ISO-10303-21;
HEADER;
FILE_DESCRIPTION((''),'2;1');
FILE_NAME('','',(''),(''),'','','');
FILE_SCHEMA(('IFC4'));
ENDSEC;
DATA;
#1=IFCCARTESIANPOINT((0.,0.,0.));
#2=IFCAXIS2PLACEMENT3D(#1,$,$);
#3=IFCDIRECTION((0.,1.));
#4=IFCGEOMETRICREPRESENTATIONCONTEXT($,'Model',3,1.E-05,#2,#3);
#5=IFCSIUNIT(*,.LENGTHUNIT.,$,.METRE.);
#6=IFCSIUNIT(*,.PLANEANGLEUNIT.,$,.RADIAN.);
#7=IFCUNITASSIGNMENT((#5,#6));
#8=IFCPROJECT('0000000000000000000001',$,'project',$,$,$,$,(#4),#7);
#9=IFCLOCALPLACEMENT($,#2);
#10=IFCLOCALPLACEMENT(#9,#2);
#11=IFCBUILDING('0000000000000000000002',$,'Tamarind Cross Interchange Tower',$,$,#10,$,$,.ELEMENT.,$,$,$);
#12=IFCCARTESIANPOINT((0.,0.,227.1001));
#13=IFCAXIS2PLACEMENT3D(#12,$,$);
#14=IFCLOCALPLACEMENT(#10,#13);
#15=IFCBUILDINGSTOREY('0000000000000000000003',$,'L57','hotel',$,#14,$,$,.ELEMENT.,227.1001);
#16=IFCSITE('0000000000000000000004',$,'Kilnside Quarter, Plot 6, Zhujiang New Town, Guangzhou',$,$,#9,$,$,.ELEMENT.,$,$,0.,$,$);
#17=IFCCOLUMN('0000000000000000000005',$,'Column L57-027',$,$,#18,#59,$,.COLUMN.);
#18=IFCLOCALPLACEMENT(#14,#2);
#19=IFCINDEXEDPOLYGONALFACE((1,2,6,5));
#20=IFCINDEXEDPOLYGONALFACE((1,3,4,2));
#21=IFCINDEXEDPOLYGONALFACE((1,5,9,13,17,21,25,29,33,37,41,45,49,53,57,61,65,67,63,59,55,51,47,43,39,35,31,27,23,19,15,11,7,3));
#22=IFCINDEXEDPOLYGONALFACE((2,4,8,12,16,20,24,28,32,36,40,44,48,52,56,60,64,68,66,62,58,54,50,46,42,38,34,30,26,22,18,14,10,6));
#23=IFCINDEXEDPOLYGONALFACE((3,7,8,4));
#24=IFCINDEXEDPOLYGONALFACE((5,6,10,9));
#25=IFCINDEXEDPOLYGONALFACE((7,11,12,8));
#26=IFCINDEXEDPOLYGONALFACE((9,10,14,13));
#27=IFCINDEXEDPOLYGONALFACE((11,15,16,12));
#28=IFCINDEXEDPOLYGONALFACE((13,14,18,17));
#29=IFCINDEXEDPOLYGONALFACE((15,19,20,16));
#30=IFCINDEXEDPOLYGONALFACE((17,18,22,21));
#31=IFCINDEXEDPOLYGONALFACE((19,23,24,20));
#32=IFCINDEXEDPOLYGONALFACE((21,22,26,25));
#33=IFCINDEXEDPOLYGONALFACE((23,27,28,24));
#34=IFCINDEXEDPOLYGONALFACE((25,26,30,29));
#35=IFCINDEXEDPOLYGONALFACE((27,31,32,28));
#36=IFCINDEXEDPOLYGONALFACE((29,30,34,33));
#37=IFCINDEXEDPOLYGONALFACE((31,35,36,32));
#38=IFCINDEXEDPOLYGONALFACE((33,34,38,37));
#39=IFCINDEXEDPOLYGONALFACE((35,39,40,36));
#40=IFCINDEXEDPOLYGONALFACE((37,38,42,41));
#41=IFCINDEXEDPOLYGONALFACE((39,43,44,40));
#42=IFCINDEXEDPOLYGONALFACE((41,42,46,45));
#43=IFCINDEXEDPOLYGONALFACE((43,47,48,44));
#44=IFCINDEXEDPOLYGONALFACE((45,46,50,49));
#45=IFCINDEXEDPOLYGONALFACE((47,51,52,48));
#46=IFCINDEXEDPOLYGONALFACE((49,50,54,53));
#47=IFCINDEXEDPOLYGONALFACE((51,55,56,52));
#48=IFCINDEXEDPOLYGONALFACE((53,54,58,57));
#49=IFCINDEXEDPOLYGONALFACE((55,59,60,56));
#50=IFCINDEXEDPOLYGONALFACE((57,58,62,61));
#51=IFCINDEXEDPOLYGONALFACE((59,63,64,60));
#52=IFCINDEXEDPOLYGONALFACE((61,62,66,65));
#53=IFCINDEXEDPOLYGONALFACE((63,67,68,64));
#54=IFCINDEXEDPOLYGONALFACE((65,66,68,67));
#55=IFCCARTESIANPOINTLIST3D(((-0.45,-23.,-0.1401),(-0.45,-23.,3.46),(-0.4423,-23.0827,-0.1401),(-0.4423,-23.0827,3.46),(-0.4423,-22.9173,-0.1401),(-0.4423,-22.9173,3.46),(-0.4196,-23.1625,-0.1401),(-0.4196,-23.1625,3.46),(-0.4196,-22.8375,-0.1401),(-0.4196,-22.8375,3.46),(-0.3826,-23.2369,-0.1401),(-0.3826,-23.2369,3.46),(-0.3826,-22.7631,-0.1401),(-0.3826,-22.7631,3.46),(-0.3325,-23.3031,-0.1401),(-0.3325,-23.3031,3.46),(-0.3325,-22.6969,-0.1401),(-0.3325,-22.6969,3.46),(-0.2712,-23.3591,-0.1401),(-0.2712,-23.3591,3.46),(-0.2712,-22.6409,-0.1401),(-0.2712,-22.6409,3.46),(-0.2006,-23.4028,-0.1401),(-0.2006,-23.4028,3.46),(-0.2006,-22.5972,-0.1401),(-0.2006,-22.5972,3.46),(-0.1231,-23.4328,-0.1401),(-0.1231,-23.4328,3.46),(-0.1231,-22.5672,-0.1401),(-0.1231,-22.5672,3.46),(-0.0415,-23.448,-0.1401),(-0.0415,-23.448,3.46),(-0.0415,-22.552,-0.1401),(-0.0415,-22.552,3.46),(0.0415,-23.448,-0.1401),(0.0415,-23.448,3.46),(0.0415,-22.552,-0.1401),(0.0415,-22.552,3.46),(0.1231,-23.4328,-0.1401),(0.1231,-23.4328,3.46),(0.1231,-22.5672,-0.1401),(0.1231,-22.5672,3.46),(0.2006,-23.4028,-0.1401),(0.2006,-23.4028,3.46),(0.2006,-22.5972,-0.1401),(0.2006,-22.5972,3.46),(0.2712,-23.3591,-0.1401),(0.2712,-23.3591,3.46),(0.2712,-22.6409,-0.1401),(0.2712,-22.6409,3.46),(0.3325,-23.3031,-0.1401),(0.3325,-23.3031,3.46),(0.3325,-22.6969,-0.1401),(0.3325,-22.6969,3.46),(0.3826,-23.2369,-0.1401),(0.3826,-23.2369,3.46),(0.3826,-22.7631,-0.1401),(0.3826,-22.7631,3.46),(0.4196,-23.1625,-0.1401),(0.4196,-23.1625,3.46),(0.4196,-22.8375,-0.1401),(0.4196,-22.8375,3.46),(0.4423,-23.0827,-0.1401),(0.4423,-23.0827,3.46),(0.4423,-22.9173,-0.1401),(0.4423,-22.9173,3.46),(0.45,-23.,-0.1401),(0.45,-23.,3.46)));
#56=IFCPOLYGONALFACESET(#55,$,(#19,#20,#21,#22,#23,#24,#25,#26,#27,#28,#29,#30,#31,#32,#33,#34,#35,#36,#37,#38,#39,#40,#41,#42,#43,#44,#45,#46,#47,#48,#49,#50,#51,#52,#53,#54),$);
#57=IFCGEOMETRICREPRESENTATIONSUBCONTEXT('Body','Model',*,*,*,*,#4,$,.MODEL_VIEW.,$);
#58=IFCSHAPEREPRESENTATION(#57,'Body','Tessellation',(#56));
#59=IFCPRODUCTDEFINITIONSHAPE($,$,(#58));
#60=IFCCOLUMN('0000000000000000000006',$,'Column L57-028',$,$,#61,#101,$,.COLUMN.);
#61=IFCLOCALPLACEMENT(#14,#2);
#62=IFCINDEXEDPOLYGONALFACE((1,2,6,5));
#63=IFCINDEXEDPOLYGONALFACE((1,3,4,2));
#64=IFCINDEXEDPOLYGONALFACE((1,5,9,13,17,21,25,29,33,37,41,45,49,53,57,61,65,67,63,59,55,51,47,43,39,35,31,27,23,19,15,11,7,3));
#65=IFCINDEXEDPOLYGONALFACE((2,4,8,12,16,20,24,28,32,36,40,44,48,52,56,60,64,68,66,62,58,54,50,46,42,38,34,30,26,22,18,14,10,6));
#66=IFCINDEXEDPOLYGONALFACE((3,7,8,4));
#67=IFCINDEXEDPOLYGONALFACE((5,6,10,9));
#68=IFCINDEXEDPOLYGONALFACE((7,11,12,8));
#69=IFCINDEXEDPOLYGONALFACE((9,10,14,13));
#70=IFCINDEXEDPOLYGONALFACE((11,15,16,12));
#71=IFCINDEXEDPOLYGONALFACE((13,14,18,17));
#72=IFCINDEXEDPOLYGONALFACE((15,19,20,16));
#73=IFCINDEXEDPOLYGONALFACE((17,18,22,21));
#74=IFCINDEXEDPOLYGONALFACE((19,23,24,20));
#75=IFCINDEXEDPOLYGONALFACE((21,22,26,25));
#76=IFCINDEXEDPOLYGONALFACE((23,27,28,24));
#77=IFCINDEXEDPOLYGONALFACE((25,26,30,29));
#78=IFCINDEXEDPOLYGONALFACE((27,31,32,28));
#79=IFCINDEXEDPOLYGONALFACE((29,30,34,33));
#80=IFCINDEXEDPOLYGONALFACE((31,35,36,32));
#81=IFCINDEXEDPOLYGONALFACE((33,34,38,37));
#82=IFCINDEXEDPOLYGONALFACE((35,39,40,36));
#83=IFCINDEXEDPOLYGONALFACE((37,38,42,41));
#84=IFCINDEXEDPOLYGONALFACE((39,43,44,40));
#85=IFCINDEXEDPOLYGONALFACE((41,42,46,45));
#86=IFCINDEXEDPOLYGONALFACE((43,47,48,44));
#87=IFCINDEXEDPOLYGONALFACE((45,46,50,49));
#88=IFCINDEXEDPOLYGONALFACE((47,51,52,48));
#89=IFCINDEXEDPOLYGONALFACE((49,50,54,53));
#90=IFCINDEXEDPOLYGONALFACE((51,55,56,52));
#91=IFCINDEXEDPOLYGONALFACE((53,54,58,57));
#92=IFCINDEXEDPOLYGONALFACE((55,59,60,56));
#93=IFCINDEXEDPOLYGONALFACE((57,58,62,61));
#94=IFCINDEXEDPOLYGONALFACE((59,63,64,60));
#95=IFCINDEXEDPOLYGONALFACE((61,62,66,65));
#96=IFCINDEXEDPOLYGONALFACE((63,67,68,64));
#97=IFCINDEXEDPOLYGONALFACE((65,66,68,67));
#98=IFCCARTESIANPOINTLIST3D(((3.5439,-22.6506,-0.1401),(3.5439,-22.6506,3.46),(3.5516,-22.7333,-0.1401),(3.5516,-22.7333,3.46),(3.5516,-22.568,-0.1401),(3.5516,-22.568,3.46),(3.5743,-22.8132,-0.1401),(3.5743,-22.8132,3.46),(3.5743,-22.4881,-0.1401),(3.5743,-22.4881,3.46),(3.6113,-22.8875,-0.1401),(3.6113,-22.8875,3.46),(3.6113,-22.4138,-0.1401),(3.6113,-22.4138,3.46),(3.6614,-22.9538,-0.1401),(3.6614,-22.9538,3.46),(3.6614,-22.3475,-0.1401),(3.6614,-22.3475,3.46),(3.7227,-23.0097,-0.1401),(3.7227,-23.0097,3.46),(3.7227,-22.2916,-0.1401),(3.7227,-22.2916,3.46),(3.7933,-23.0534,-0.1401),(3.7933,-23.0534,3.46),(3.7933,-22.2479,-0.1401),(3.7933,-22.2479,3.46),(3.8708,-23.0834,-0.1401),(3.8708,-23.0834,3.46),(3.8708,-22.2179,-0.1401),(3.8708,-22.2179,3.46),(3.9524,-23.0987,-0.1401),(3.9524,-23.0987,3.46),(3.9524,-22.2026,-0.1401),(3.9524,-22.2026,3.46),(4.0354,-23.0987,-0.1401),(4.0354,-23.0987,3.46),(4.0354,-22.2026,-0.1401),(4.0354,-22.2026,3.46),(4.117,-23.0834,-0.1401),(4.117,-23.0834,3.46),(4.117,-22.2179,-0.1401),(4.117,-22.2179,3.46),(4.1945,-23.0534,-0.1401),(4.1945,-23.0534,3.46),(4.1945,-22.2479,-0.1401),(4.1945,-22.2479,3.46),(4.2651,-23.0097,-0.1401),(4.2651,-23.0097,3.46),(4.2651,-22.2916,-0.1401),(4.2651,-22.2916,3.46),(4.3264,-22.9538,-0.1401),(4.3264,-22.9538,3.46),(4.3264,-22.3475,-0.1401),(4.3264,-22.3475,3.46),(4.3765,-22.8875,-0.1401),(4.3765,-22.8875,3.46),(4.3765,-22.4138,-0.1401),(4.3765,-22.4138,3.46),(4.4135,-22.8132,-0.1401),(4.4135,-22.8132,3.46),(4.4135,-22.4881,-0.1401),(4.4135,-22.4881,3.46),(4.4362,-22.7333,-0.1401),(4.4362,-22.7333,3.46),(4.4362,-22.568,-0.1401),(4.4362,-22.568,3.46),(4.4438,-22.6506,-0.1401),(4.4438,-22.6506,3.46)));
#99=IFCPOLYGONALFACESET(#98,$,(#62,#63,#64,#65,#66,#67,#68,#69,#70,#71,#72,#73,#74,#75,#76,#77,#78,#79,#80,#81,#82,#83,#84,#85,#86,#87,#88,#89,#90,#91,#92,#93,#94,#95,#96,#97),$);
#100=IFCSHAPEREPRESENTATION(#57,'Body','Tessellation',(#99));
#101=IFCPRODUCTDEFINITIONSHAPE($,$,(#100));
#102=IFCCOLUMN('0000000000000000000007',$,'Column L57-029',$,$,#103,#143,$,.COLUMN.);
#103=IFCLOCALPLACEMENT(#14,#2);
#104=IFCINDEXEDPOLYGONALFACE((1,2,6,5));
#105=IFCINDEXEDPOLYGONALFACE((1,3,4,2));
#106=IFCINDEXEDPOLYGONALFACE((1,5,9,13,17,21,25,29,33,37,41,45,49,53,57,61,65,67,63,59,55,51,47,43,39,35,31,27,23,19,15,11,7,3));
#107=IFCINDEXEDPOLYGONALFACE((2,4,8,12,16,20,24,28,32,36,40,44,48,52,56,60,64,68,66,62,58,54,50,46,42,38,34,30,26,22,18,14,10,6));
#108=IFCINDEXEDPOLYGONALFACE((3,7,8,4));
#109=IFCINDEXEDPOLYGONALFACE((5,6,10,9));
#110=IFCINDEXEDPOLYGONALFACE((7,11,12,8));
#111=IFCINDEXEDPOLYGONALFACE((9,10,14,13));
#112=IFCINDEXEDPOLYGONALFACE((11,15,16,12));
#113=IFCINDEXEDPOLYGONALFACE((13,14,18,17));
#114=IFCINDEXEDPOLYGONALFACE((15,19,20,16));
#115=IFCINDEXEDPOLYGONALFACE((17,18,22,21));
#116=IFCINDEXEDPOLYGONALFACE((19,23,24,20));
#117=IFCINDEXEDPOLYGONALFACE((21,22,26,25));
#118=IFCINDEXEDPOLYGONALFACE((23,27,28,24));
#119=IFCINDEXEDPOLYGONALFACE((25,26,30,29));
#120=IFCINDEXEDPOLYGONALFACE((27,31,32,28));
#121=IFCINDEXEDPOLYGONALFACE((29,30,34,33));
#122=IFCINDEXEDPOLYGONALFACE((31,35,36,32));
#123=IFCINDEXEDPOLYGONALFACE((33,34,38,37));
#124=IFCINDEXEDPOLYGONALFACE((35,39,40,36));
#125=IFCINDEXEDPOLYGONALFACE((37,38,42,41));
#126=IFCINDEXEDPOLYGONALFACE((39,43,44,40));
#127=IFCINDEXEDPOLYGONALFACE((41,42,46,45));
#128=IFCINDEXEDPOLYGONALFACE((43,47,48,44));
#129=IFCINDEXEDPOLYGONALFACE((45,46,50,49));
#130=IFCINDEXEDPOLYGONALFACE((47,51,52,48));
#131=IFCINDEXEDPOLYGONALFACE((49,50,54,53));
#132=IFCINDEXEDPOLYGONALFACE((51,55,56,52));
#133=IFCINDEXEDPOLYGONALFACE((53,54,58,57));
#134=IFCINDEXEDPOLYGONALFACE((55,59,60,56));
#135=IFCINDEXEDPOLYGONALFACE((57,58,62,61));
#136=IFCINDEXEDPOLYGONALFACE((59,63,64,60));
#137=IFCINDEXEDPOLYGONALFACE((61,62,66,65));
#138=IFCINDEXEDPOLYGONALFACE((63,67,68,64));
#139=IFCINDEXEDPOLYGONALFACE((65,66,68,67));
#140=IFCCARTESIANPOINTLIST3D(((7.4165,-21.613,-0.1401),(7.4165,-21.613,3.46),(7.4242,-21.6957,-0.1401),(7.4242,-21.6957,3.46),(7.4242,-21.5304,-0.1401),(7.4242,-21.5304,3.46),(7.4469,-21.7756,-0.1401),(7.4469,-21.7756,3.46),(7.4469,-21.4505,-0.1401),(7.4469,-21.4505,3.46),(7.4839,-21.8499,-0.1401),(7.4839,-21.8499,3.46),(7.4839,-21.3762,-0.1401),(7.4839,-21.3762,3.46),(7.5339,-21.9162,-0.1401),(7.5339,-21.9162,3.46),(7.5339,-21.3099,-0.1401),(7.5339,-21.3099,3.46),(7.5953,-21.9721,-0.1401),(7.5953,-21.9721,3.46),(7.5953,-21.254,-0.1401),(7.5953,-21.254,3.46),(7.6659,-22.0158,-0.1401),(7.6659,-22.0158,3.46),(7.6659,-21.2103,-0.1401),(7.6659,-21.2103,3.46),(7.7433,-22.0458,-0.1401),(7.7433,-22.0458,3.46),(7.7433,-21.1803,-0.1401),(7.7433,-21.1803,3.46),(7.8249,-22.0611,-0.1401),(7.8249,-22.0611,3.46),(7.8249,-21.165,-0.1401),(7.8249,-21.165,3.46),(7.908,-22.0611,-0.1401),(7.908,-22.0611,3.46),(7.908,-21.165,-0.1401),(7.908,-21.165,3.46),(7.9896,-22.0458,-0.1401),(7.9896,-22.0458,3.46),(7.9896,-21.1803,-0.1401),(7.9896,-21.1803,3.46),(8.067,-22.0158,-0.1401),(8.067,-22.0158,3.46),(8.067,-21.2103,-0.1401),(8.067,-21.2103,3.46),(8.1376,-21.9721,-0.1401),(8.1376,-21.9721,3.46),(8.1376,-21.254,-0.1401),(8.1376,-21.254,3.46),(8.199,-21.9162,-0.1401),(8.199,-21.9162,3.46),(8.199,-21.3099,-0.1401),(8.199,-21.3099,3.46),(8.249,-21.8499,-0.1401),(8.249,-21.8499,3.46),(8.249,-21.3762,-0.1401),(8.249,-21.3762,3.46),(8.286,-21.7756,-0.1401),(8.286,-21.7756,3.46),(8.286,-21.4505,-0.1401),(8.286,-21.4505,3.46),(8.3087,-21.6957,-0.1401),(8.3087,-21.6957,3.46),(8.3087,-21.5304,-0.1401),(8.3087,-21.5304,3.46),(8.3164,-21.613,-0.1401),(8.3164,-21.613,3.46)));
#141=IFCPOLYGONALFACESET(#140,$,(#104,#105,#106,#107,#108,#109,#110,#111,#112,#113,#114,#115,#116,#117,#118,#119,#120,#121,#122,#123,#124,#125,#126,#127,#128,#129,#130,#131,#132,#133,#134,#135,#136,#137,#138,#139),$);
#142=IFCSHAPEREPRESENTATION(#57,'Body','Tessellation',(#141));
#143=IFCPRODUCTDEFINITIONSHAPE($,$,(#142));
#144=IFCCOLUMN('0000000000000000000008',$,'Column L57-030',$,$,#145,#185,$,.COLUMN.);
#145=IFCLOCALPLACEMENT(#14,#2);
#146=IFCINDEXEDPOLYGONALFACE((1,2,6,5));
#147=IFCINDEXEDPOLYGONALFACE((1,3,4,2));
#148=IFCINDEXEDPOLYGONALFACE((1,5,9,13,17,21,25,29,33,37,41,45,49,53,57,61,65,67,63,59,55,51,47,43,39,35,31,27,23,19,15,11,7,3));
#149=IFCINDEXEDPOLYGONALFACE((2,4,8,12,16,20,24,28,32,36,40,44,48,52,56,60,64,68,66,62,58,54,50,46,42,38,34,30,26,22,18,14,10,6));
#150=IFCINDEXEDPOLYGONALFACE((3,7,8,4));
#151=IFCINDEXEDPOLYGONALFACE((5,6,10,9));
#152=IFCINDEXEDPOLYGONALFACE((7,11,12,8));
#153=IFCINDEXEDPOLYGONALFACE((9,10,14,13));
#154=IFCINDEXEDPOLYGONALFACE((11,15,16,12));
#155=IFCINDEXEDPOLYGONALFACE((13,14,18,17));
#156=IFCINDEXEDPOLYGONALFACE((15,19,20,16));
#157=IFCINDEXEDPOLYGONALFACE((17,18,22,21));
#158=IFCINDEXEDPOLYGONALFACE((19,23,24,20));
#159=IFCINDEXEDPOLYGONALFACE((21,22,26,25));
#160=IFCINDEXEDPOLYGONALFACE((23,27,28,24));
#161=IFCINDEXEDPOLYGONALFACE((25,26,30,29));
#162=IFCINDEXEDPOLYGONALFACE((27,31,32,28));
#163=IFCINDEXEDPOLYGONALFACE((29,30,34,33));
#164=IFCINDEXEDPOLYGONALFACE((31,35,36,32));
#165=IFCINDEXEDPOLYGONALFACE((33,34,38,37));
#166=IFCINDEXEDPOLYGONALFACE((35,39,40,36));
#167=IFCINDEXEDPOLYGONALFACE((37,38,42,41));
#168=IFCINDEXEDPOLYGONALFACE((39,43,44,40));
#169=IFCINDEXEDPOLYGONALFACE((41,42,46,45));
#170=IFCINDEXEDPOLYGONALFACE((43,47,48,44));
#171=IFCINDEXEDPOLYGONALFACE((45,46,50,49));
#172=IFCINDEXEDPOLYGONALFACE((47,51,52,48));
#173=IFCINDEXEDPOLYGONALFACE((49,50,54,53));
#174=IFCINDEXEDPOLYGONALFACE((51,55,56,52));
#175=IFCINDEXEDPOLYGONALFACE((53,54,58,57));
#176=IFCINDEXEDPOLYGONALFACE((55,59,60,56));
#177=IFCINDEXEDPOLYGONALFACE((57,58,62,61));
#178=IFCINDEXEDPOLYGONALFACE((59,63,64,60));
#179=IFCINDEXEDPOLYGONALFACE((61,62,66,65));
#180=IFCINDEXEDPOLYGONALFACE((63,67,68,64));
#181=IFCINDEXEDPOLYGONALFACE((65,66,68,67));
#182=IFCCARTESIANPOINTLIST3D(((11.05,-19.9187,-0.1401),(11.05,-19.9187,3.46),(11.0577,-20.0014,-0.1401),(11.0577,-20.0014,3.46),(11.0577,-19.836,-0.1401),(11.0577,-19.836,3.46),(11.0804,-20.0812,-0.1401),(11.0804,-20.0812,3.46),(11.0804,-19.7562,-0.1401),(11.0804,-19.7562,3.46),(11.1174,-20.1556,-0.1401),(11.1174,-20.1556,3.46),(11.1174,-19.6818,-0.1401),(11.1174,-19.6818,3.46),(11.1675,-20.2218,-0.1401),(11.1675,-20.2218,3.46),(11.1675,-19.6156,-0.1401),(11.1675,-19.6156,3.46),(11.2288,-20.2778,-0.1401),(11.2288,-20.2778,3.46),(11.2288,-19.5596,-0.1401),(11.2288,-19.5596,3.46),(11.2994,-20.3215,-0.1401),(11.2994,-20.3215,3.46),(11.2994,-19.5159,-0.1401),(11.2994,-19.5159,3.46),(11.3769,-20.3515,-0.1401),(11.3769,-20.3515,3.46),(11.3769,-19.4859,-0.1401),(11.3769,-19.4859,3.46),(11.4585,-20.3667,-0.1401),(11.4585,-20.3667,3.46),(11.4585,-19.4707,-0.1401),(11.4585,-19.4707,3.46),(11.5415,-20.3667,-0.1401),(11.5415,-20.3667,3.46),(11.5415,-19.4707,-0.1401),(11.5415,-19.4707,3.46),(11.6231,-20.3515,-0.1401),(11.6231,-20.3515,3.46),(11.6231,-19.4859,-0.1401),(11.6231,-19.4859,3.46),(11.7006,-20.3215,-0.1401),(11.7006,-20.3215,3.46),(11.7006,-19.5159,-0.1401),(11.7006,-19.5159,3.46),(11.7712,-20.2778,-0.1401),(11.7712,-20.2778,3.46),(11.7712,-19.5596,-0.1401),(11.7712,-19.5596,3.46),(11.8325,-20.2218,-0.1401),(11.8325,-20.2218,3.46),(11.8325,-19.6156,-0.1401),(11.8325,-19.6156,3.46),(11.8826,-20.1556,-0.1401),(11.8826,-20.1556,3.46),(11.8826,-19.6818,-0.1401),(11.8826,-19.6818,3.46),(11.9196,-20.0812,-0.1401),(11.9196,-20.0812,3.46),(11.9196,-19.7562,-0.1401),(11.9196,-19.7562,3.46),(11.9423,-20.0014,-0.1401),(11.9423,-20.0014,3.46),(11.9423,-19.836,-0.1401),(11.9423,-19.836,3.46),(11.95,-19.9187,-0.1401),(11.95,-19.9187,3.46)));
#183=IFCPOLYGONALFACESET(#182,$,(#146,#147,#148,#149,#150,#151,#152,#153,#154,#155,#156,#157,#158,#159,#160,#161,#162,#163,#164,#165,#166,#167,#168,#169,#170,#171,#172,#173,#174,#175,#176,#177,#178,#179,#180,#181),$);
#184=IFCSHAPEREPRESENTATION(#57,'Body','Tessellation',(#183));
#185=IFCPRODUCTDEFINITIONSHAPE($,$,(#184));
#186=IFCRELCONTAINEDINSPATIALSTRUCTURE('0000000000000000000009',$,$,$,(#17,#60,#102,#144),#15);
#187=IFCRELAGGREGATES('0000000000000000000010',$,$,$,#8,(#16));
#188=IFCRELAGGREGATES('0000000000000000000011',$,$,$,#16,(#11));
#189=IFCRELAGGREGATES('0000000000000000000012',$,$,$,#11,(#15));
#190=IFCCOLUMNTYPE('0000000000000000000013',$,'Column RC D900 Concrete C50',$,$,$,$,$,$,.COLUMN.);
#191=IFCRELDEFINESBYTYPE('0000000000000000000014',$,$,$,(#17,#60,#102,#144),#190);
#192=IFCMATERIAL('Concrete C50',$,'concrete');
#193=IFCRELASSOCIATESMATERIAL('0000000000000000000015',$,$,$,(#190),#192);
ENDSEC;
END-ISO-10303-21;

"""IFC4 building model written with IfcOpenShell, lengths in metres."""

from ifc_helpers import new_model, si_unit, direction, frame, origin, origin_2d, place, context, subcontext, project, spatial, circle, extrude, material, material_profile, profile_set, type_object, element, save


model = new_model("IFC4")

# Units and contexts
model_context = context("Model", 3, precision=1e-05, world=origin(), true_north=direction((0.0, 1.0)))
body_context = subcontext(model_context, "Body", "Model", "MODEL_VIEW")
ifc_project = project(units=[si_unit("LENGTHUNIT", "METRE"), si_unit("PLANEANGLEUNIT", "RADIAN")], contexts=[model_context])

# Site, building, storey
site_placement = place(None, origin())
site = spatial("IfcSite", under=ifc_project, at=site_placement, Name="Kilnside Quarter, Plot 6, Zhujiang New Town, Guangzhou", CompositionType="ELEMENT", RefElevation=0.0)
building_placement = place(site_placement, origin())
building = spatial("IfcBuilding", under=site, at=building_placement, Name="Tamarind Cross Interchange Tower", CompositionType="ELEMENT")
storey_placement = place(building_placement, frame((0.0, 0.0, 227.1001)))
storey = spatial("IfcBuildingStorey", under=building, at=storey_placement, Name="L57", Description="hotel", CompositionType="ELEMENT", Elevation=227.1001)

# Columns
ifc_material_1 = material(Name="Concrete C50", Category="concrete")
ifc_material_profile_1 = material_profile(ifc_material_1, circle(Radius=0.45, at=origin_2d()), Name="RC D900")
ifc_profile_set_1 = profile_set([ifc_material_profile_1], Name="Concrete C50")
column_type = type_object("IfcColumnType", Name="Column RC D900 Concrete C50", PredefinedType="COLUMN", material=ifc_profile_set_1)
for number, where, z_axis, x_axis, name in (
    (1, (0.0, -23.0, -0.1401), (0.0, 0.0, 1.0), (1.0, 0.0, 0.0), "Column L57-027"),
    (2, (3.9939, -22.6506, -0.1401), (0.0, 0.0, 1.0), (1.0, 0.0, 0.0), "Column L57-028"),
    (3, (7.8665, -21.613, -0.1401), (0.0, 0.0, 1.0), (1.0, 0.0, 0.0), "Column L57-029"),
    (4, (11.5, -19.9187, -0.1401), (0.0, 0.0, 1.0), (1.0, 0.0, 0.0), "Column L57-030"),
):
    element("IfcColumn", number, at=place(storey_placement, frame(where, z_axis=z_axis, x_axis=x_axis)), inside=storey, type_object=column_type, Name=name, PredefinedType="COLUMN", context=body_context, shape_type="SweptSolid", body=[
        extrude(circle(Radius=0.45, at=origin_2d()), origin(), (0.0, 0.0, 1.0), 3.6001),
    ])

save(model, "model.ifc")
